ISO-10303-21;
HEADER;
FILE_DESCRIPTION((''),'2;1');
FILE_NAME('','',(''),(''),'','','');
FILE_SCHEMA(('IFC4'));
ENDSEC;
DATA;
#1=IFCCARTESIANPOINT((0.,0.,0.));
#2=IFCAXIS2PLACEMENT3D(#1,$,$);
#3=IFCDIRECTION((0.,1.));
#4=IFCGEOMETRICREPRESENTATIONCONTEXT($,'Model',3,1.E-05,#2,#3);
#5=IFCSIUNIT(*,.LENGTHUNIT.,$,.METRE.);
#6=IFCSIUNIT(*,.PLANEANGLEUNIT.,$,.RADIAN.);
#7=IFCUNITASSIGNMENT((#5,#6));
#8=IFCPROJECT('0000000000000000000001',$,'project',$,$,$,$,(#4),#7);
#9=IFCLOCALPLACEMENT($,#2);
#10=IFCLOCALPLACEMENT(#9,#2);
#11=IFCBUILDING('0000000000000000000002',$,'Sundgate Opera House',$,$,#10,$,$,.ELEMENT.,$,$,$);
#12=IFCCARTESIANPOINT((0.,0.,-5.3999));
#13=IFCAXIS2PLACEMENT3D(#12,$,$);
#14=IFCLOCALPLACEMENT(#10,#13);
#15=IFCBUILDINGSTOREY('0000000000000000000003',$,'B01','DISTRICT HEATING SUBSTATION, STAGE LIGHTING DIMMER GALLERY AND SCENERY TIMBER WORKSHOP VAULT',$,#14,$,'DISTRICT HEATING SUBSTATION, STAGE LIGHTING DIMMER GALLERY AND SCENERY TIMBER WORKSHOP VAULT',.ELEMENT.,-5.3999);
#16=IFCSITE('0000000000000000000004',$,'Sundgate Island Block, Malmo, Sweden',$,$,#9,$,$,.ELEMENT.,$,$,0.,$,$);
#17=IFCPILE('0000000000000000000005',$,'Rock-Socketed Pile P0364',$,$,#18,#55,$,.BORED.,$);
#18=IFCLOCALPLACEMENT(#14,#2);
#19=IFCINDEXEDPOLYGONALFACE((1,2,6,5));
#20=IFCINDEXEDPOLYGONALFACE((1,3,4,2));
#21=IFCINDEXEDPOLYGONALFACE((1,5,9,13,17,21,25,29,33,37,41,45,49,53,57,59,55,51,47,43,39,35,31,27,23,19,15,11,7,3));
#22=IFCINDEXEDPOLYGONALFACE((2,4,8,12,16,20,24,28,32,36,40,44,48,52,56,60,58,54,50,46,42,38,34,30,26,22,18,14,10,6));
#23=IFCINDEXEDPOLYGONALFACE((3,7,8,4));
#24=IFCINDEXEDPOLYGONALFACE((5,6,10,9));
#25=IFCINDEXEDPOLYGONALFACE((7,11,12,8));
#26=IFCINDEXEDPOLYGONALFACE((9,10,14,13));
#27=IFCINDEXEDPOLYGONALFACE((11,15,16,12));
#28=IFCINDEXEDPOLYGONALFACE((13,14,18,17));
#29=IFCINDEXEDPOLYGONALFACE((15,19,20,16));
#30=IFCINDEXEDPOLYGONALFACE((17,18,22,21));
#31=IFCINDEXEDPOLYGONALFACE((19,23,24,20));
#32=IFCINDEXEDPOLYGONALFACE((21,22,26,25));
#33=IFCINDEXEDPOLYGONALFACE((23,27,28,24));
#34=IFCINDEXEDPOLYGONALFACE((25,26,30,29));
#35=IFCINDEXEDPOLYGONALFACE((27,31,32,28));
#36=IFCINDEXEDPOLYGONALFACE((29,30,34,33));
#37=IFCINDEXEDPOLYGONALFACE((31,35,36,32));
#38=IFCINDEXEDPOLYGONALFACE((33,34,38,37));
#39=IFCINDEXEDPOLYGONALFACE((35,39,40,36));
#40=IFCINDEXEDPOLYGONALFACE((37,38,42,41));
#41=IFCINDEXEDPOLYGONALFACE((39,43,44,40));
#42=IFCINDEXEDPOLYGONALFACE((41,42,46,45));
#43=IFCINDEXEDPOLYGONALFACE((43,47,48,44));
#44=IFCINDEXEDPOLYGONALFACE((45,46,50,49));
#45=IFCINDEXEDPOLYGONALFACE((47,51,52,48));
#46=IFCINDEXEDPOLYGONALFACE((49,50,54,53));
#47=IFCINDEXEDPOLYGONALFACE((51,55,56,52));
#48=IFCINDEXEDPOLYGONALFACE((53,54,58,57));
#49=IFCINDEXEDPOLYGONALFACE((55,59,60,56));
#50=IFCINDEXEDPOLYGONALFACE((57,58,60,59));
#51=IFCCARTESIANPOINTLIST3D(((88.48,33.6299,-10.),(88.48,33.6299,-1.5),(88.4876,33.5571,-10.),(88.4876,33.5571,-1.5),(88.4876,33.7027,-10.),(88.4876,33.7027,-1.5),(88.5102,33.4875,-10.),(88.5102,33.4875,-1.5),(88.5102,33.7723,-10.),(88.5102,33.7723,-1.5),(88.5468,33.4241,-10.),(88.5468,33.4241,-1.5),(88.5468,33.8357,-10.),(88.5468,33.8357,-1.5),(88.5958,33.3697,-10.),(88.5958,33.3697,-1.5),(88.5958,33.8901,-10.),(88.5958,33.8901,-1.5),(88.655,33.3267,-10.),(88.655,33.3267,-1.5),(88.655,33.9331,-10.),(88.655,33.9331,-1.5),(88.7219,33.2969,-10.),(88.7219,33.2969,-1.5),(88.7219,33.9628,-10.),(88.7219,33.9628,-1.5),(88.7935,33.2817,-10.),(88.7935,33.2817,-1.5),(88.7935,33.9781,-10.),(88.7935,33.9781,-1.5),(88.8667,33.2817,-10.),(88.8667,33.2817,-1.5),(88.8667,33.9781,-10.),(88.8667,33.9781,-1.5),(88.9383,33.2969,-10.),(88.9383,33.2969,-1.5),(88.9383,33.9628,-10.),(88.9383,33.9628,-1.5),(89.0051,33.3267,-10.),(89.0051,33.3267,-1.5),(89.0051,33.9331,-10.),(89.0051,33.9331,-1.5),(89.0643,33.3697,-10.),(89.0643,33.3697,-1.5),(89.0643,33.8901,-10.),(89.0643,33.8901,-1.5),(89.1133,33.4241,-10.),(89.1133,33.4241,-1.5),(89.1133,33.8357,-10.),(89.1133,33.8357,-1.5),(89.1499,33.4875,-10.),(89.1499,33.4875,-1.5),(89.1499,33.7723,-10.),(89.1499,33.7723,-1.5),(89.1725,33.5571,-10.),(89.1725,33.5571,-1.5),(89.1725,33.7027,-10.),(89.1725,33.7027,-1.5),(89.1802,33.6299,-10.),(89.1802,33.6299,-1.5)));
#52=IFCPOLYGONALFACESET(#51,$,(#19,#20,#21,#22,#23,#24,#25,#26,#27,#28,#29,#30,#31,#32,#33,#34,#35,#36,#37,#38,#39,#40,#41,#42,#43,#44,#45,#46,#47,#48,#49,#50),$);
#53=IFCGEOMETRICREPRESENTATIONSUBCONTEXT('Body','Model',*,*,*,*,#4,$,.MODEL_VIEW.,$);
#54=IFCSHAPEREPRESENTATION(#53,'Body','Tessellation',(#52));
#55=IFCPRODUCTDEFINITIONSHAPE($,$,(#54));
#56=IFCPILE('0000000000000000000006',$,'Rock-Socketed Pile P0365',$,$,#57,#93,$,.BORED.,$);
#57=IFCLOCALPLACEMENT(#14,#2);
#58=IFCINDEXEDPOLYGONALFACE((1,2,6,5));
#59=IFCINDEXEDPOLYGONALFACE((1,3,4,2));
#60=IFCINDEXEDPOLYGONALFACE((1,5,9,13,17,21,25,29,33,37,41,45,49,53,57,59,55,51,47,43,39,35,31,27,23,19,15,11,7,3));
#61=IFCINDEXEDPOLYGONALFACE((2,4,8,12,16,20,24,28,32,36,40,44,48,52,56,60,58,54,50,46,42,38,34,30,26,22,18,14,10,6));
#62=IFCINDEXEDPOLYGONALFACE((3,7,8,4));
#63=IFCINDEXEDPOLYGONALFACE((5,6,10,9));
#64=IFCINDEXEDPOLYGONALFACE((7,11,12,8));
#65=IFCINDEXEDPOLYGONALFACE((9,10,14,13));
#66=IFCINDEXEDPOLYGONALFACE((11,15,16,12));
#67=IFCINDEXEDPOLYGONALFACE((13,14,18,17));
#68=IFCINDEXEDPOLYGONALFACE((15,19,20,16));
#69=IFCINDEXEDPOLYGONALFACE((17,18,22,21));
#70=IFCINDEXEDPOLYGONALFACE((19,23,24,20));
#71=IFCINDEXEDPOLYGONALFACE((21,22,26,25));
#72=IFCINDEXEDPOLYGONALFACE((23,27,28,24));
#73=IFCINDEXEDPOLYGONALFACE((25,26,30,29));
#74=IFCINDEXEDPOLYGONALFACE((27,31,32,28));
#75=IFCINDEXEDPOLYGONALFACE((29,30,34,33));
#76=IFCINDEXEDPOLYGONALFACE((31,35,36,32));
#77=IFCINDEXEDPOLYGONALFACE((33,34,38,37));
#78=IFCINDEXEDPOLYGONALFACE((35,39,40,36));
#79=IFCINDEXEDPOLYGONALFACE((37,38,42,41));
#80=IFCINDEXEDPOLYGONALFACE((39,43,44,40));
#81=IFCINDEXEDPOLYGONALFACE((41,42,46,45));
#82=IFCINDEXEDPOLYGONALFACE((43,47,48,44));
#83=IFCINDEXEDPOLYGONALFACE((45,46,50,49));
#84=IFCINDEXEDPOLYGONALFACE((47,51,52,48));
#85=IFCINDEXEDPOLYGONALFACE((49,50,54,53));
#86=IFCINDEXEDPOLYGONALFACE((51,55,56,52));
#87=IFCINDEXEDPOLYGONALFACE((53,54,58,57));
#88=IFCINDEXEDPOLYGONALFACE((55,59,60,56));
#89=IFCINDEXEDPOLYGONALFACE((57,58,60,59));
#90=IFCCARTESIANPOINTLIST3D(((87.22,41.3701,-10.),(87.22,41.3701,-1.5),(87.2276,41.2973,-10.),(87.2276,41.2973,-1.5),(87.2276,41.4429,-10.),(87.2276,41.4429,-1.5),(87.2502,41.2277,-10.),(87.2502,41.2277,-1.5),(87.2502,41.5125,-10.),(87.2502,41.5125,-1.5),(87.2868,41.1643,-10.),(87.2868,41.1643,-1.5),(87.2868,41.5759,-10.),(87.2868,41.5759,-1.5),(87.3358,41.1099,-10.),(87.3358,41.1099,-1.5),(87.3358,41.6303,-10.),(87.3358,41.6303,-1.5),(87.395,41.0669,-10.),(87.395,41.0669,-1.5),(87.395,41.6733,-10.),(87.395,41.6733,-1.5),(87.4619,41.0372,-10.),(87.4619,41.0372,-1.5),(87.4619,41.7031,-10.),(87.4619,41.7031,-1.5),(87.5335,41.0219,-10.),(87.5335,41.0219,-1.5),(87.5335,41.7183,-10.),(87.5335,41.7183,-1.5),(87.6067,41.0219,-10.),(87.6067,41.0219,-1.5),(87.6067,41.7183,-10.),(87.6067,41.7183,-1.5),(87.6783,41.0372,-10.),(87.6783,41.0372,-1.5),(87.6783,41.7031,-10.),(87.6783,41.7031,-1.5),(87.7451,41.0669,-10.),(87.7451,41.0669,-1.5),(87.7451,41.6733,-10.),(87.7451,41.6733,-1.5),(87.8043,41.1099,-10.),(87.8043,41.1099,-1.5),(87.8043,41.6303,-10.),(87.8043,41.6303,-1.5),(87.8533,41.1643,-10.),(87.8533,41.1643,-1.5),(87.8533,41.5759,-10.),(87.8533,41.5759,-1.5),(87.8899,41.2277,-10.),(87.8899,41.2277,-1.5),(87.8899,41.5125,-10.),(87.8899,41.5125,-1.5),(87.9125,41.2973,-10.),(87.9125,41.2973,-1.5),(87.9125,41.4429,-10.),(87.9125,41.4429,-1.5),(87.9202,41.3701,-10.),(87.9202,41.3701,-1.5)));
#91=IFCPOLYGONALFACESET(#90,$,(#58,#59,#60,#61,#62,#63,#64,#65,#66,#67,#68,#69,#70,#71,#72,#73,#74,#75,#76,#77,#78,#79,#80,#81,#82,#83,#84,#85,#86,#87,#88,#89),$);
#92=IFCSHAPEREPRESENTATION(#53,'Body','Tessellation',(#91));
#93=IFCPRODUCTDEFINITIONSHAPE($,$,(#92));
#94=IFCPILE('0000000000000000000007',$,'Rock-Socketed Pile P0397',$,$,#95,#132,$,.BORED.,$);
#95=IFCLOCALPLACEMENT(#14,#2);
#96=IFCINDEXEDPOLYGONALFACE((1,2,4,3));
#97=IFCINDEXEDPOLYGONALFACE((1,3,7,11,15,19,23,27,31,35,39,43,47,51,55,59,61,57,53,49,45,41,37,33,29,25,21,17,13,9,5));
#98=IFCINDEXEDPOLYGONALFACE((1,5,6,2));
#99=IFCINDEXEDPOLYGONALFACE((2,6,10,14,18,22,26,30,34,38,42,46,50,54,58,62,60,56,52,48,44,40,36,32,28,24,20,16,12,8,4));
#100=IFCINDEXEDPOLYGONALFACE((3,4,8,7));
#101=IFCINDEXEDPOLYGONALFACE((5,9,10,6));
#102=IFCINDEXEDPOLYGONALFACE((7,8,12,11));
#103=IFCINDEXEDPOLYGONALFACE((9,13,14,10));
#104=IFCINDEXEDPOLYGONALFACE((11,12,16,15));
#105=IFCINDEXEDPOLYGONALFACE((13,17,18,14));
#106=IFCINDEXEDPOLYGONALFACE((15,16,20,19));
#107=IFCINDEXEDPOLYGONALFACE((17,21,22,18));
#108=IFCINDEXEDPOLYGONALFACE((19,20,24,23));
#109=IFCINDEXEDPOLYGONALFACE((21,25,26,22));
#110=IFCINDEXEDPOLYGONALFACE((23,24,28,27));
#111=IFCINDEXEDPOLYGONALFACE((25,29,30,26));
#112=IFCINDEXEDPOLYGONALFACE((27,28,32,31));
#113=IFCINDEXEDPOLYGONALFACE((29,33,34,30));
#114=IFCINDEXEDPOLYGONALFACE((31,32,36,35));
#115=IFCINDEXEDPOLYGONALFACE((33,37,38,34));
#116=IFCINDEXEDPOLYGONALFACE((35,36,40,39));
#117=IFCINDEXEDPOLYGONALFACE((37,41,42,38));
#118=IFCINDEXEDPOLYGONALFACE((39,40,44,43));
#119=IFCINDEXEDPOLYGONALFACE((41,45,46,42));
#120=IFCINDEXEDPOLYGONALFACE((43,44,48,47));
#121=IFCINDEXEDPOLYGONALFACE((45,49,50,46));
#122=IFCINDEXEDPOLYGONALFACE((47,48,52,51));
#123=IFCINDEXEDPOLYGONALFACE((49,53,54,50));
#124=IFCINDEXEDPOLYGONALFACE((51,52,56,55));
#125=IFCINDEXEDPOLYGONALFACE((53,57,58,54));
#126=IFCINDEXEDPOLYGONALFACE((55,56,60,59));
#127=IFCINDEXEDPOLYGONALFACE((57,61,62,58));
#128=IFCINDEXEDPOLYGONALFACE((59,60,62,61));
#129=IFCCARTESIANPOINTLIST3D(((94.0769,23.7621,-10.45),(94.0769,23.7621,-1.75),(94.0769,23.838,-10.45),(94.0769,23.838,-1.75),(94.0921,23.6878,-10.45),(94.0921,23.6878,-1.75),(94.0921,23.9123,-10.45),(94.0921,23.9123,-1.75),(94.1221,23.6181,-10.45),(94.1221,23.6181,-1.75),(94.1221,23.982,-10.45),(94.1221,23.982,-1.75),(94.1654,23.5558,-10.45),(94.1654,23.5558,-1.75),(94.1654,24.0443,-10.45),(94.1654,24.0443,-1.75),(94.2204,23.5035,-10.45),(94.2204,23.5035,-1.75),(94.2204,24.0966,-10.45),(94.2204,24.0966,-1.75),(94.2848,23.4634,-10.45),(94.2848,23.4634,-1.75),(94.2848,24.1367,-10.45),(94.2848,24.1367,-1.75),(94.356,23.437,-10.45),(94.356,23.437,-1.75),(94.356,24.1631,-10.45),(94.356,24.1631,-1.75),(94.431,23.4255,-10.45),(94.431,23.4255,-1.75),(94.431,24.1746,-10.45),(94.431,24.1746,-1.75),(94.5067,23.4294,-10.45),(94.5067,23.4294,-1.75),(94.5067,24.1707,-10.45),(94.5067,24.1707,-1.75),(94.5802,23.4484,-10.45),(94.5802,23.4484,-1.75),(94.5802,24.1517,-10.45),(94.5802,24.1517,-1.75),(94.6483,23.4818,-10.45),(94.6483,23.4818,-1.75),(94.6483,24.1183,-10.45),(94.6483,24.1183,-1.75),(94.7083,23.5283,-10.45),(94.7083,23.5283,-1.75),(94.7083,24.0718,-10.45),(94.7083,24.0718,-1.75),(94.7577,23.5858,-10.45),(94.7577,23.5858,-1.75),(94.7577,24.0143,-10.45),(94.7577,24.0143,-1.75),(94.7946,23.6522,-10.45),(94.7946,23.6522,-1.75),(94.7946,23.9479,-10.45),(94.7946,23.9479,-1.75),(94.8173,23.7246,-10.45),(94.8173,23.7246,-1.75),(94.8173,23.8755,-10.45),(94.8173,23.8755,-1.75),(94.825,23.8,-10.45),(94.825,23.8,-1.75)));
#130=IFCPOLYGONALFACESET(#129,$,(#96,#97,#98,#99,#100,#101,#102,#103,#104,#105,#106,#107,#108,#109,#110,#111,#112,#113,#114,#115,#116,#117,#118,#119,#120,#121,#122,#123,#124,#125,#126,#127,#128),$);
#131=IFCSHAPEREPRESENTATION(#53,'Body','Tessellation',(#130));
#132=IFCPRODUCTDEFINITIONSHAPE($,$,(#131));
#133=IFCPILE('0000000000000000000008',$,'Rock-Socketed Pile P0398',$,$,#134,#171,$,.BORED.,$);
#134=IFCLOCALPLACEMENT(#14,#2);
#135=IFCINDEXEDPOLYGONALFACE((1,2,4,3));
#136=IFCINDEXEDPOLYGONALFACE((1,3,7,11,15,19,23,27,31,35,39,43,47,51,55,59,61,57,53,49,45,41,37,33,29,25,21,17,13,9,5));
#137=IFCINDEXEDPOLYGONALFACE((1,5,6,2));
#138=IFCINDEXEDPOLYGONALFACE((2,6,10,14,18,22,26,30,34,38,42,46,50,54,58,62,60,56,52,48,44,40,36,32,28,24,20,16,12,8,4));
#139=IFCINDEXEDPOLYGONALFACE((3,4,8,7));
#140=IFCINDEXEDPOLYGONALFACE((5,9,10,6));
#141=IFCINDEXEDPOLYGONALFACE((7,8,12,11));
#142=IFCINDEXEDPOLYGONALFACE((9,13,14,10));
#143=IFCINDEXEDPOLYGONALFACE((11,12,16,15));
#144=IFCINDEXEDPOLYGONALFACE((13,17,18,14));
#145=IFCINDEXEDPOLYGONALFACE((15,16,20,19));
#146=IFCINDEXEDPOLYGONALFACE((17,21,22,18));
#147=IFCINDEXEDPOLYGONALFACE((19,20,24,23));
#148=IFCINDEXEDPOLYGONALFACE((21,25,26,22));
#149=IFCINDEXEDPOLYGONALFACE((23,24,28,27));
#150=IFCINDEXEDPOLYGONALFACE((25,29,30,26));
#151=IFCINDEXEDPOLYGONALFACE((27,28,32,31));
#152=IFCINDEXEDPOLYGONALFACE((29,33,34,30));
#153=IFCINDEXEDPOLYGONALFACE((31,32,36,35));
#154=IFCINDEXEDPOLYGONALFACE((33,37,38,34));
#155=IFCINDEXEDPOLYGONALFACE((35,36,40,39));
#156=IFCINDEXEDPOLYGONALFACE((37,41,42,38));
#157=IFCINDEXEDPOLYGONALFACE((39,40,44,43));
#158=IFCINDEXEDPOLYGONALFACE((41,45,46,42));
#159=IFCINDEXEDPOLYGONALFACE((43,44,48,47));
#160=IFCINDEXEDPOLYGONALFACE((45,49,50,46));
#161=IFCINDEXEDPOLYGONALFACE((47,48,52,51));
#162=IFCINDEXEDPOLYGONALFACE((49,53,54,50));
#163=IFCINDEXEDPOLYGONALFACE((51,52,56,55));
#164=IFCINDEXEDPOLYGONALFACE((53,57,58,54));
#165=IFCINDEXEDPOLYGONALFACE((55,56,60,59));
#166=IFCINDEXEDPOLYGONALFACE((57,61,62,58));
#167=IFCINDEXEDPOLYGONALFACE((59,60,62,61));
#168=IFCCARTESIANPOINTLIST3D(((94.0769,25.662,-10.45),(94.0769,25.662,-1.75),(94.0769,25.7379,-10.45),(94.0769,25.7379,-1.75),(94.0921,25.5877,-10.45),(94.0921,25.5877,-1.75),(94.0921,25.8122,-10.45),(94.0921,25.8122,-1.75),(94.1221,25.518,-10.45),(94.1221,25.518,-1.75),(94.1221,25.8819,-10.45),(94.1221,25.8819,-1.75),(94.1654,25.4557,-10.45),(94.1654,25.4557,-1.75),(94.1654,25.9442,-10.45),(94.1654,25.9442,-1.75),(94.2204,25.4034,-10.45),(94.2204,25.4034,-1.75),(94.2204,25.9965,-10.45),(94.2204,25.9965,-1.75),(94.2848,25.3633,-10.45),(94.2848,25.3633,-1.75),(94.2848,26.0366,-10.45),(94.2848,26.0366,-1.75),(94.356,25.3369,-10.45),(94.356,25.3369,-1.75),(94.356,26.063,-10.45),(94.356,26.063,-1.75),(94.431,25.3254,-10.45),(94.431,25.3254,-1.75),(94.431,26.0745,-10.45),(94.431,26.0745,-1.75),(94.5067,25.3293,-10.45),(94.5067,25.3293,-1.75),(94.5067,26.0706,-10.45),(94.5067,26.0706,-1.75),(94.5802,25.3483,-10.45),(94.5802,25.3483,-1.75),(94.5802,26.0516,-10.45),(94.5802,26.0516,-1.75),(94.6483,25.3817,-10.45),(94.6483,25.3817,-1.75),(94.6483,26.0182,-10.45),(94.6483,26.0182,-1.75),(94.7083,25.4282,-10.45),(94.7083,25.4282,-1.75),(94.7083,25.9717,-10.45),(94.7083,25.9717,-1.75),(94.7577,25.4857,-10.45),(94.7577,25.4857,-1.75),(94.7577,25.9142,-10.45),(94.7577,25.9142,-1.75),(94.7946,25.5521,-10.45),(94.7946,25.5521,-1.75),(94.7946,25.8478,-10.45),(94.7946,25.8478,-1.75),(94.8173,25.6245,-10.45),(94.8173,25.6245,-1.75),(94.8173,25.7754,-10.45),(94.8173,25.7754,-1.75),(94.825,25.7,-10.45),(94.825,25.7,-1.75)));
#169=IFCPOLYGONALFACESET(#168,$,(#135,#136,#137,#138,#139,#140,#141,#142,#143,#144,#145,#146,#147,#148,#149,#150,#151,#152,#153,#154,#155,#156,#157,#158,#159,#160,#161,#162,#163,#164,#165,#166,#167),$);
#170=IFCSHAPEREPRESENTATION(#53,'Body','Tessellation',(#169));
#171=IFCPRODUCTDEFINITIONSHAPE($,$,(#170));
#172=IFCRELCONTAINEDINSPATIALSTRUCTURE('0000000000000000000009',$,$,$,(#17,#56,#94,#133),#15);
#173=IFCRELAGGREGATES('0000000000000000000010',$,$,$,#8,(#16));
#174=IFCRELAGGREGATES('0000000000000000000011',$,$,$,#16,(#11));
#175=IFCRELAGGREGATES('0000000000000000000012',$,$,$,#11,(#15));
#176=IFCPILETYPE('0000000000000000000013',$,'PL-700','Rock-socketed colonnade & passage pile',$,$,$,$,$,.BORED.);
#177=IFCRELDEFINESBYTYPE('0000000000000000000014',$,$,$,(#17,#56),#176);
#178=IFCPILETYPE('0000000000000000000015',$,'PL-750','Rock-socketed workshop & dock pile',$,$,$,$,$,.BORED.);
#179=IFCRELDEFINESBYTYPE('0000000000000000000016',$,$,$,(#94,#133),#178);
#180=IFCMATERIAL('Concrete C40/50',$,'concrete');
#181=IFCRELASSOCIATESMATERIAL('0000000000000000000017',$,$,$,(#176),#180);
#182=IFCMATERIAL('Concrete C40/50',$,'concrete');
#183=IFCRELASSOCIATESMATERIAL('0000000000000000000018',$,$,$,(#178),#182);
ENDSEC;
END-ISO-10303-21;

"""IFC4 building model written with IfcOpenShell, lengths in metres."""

from ifc_helpers import new_model, si_unit, direction, frame, origin, origin_2d, place, context, subcontext, project, spatial, circle, extrude, material, material_profile, profile_set, type_object, element, save


model = new_model("IFC4")

# Units and contexts
model_context = context("Model", 3, precision=1e-05, world=origin(), true_north=direction((0.0, 1.0)))
body_context = subcontext(model_context, "Body", "Model", "MODEL_VIEW")
ifc_project = project(units=[si_unit("LENGTHUNIT", "METRE"), si_unit("PLANEANGLEUNIT", "RADIAN")], contexts=[model_context])

# Site, building, storey
site_placement = place(None, origin())
site = spatial("IfcSite", under=ifc_project, at=site_placement, Name="Sundgate Island Block, Malmo, Sweden", CompositionType="ELEMENT", RefElevation=0.0)
building_placement = place(site_placement, origin())
building = spatial("IfcBuilding", under=site, at=building_placement, Name="Sundgate Opera House", CompositionType="ELEMENT")
storey_placement = place(building_placement, frame((0.0, 0.0, -5.3999)))
storey = spatial("IfcBuildingStorey", under=building, at=storey_placement, Name="B01", Description="DISTRICT HEATING SUBSTATION, STAGE LIGHTING DIMMER GALLERY AND SCENERY TIMBER WORKSHOP VAULT", LongName="DISTRICT HEATING SUBSTATION, STAGE LIGHTING DIMMER GALLERY AND SCENERY TIMBER WORKSHOP VAULT", CompositionType="ELEMENT", Elevation=-5.3999)

# Piles
ifc_material_1 = material(Name="Concrete C40/50", Category="concrete")
ifc_material_profile_1 = material_profile(ifc_material_1, circle(Radius=0.3501, at=origin_2d()), Name="PILE D700")
ifc_profile_set_1 = profile_set([ifc_material_profile_1], Name="Concrete C40/50")
pile_type_1 = type_object("IfcPileType", Name="PL-700", Description="Rock-socketed colonnade & passage pile", PredefinedType="BORED", material=ifc_profile_set_1)
for number, where, z_axis, x_axis, name in (
    (1, (88.8301, 33.6299, -1.5), (0.0, 0.0, -1.0), (1.0, 0.0, 0.0), "Rock-Socketed Pile P0364"),
    (2, (87.5701, 41.3701, -1.5), (0.0, 0.0, -1.0), (1.0, 0.0, 0.0), "Rock-Socketed Pile P0365"),
):
    element("IfcPile", number, at=place(storey_placement, frame(where, z_axis=z_axis, x_axis=x_axis)), inside=storey, type_object=pile_type_1, Name=name, PredefinedType="BORED", context=body_context, shape_type="SweptSolid", body=[
        extrude(circle(Radius=0.3501, at=origin_2d()), origin(), (0.0, 0.0, 1.0), 8.5),
    ])
ifc_material_2 = material(Name="Concrete C40/50", Category="concrete")
ifc_material_profile_2 = material_profile(ifc_material_2, circle(Radius=0.375, at=origin_2d()), Name="PILE D750")
ifc_profile_set_2 = profile_set([ifc_material_profile_2], Name="Concrete C40/50")
pile_type_2 = type_object("IfcPileType", Name="PL-750", Description="Rock-socketed workshop & dock pile", PredefinedType="BORED", material=ifc_profile_set_2)
for number, where, z_axis, x_axis, name in (
    (3, (94.45, 23.8, -1.75), (0.0, 0.0, -1.0), (1.0, 0.0, 0.0), "Rock-Socketed Pile P0397"),
    (4, (94.45, 25.7, -1.75), (0.0, 0.0, -1.0), (1.0, 0.0, 0.0), "Rock-Socketed Pile P0398"),
):
    element("IfcPile", number, at=place(storey_placement, frame(where, z_axis=z_axis, x_axis=x_axis)), inside=storey, type_object=pile_type_2, Name=name, PredefinedType="BORED", context=body_context, shape_type="SweptSolid", body=[
        extrude(circle(Radius=0.375, at=origin_2d()), origin(), (0.0, 0.0, 1.0), 8.7),
    ])

save(model, "model.ifc")
